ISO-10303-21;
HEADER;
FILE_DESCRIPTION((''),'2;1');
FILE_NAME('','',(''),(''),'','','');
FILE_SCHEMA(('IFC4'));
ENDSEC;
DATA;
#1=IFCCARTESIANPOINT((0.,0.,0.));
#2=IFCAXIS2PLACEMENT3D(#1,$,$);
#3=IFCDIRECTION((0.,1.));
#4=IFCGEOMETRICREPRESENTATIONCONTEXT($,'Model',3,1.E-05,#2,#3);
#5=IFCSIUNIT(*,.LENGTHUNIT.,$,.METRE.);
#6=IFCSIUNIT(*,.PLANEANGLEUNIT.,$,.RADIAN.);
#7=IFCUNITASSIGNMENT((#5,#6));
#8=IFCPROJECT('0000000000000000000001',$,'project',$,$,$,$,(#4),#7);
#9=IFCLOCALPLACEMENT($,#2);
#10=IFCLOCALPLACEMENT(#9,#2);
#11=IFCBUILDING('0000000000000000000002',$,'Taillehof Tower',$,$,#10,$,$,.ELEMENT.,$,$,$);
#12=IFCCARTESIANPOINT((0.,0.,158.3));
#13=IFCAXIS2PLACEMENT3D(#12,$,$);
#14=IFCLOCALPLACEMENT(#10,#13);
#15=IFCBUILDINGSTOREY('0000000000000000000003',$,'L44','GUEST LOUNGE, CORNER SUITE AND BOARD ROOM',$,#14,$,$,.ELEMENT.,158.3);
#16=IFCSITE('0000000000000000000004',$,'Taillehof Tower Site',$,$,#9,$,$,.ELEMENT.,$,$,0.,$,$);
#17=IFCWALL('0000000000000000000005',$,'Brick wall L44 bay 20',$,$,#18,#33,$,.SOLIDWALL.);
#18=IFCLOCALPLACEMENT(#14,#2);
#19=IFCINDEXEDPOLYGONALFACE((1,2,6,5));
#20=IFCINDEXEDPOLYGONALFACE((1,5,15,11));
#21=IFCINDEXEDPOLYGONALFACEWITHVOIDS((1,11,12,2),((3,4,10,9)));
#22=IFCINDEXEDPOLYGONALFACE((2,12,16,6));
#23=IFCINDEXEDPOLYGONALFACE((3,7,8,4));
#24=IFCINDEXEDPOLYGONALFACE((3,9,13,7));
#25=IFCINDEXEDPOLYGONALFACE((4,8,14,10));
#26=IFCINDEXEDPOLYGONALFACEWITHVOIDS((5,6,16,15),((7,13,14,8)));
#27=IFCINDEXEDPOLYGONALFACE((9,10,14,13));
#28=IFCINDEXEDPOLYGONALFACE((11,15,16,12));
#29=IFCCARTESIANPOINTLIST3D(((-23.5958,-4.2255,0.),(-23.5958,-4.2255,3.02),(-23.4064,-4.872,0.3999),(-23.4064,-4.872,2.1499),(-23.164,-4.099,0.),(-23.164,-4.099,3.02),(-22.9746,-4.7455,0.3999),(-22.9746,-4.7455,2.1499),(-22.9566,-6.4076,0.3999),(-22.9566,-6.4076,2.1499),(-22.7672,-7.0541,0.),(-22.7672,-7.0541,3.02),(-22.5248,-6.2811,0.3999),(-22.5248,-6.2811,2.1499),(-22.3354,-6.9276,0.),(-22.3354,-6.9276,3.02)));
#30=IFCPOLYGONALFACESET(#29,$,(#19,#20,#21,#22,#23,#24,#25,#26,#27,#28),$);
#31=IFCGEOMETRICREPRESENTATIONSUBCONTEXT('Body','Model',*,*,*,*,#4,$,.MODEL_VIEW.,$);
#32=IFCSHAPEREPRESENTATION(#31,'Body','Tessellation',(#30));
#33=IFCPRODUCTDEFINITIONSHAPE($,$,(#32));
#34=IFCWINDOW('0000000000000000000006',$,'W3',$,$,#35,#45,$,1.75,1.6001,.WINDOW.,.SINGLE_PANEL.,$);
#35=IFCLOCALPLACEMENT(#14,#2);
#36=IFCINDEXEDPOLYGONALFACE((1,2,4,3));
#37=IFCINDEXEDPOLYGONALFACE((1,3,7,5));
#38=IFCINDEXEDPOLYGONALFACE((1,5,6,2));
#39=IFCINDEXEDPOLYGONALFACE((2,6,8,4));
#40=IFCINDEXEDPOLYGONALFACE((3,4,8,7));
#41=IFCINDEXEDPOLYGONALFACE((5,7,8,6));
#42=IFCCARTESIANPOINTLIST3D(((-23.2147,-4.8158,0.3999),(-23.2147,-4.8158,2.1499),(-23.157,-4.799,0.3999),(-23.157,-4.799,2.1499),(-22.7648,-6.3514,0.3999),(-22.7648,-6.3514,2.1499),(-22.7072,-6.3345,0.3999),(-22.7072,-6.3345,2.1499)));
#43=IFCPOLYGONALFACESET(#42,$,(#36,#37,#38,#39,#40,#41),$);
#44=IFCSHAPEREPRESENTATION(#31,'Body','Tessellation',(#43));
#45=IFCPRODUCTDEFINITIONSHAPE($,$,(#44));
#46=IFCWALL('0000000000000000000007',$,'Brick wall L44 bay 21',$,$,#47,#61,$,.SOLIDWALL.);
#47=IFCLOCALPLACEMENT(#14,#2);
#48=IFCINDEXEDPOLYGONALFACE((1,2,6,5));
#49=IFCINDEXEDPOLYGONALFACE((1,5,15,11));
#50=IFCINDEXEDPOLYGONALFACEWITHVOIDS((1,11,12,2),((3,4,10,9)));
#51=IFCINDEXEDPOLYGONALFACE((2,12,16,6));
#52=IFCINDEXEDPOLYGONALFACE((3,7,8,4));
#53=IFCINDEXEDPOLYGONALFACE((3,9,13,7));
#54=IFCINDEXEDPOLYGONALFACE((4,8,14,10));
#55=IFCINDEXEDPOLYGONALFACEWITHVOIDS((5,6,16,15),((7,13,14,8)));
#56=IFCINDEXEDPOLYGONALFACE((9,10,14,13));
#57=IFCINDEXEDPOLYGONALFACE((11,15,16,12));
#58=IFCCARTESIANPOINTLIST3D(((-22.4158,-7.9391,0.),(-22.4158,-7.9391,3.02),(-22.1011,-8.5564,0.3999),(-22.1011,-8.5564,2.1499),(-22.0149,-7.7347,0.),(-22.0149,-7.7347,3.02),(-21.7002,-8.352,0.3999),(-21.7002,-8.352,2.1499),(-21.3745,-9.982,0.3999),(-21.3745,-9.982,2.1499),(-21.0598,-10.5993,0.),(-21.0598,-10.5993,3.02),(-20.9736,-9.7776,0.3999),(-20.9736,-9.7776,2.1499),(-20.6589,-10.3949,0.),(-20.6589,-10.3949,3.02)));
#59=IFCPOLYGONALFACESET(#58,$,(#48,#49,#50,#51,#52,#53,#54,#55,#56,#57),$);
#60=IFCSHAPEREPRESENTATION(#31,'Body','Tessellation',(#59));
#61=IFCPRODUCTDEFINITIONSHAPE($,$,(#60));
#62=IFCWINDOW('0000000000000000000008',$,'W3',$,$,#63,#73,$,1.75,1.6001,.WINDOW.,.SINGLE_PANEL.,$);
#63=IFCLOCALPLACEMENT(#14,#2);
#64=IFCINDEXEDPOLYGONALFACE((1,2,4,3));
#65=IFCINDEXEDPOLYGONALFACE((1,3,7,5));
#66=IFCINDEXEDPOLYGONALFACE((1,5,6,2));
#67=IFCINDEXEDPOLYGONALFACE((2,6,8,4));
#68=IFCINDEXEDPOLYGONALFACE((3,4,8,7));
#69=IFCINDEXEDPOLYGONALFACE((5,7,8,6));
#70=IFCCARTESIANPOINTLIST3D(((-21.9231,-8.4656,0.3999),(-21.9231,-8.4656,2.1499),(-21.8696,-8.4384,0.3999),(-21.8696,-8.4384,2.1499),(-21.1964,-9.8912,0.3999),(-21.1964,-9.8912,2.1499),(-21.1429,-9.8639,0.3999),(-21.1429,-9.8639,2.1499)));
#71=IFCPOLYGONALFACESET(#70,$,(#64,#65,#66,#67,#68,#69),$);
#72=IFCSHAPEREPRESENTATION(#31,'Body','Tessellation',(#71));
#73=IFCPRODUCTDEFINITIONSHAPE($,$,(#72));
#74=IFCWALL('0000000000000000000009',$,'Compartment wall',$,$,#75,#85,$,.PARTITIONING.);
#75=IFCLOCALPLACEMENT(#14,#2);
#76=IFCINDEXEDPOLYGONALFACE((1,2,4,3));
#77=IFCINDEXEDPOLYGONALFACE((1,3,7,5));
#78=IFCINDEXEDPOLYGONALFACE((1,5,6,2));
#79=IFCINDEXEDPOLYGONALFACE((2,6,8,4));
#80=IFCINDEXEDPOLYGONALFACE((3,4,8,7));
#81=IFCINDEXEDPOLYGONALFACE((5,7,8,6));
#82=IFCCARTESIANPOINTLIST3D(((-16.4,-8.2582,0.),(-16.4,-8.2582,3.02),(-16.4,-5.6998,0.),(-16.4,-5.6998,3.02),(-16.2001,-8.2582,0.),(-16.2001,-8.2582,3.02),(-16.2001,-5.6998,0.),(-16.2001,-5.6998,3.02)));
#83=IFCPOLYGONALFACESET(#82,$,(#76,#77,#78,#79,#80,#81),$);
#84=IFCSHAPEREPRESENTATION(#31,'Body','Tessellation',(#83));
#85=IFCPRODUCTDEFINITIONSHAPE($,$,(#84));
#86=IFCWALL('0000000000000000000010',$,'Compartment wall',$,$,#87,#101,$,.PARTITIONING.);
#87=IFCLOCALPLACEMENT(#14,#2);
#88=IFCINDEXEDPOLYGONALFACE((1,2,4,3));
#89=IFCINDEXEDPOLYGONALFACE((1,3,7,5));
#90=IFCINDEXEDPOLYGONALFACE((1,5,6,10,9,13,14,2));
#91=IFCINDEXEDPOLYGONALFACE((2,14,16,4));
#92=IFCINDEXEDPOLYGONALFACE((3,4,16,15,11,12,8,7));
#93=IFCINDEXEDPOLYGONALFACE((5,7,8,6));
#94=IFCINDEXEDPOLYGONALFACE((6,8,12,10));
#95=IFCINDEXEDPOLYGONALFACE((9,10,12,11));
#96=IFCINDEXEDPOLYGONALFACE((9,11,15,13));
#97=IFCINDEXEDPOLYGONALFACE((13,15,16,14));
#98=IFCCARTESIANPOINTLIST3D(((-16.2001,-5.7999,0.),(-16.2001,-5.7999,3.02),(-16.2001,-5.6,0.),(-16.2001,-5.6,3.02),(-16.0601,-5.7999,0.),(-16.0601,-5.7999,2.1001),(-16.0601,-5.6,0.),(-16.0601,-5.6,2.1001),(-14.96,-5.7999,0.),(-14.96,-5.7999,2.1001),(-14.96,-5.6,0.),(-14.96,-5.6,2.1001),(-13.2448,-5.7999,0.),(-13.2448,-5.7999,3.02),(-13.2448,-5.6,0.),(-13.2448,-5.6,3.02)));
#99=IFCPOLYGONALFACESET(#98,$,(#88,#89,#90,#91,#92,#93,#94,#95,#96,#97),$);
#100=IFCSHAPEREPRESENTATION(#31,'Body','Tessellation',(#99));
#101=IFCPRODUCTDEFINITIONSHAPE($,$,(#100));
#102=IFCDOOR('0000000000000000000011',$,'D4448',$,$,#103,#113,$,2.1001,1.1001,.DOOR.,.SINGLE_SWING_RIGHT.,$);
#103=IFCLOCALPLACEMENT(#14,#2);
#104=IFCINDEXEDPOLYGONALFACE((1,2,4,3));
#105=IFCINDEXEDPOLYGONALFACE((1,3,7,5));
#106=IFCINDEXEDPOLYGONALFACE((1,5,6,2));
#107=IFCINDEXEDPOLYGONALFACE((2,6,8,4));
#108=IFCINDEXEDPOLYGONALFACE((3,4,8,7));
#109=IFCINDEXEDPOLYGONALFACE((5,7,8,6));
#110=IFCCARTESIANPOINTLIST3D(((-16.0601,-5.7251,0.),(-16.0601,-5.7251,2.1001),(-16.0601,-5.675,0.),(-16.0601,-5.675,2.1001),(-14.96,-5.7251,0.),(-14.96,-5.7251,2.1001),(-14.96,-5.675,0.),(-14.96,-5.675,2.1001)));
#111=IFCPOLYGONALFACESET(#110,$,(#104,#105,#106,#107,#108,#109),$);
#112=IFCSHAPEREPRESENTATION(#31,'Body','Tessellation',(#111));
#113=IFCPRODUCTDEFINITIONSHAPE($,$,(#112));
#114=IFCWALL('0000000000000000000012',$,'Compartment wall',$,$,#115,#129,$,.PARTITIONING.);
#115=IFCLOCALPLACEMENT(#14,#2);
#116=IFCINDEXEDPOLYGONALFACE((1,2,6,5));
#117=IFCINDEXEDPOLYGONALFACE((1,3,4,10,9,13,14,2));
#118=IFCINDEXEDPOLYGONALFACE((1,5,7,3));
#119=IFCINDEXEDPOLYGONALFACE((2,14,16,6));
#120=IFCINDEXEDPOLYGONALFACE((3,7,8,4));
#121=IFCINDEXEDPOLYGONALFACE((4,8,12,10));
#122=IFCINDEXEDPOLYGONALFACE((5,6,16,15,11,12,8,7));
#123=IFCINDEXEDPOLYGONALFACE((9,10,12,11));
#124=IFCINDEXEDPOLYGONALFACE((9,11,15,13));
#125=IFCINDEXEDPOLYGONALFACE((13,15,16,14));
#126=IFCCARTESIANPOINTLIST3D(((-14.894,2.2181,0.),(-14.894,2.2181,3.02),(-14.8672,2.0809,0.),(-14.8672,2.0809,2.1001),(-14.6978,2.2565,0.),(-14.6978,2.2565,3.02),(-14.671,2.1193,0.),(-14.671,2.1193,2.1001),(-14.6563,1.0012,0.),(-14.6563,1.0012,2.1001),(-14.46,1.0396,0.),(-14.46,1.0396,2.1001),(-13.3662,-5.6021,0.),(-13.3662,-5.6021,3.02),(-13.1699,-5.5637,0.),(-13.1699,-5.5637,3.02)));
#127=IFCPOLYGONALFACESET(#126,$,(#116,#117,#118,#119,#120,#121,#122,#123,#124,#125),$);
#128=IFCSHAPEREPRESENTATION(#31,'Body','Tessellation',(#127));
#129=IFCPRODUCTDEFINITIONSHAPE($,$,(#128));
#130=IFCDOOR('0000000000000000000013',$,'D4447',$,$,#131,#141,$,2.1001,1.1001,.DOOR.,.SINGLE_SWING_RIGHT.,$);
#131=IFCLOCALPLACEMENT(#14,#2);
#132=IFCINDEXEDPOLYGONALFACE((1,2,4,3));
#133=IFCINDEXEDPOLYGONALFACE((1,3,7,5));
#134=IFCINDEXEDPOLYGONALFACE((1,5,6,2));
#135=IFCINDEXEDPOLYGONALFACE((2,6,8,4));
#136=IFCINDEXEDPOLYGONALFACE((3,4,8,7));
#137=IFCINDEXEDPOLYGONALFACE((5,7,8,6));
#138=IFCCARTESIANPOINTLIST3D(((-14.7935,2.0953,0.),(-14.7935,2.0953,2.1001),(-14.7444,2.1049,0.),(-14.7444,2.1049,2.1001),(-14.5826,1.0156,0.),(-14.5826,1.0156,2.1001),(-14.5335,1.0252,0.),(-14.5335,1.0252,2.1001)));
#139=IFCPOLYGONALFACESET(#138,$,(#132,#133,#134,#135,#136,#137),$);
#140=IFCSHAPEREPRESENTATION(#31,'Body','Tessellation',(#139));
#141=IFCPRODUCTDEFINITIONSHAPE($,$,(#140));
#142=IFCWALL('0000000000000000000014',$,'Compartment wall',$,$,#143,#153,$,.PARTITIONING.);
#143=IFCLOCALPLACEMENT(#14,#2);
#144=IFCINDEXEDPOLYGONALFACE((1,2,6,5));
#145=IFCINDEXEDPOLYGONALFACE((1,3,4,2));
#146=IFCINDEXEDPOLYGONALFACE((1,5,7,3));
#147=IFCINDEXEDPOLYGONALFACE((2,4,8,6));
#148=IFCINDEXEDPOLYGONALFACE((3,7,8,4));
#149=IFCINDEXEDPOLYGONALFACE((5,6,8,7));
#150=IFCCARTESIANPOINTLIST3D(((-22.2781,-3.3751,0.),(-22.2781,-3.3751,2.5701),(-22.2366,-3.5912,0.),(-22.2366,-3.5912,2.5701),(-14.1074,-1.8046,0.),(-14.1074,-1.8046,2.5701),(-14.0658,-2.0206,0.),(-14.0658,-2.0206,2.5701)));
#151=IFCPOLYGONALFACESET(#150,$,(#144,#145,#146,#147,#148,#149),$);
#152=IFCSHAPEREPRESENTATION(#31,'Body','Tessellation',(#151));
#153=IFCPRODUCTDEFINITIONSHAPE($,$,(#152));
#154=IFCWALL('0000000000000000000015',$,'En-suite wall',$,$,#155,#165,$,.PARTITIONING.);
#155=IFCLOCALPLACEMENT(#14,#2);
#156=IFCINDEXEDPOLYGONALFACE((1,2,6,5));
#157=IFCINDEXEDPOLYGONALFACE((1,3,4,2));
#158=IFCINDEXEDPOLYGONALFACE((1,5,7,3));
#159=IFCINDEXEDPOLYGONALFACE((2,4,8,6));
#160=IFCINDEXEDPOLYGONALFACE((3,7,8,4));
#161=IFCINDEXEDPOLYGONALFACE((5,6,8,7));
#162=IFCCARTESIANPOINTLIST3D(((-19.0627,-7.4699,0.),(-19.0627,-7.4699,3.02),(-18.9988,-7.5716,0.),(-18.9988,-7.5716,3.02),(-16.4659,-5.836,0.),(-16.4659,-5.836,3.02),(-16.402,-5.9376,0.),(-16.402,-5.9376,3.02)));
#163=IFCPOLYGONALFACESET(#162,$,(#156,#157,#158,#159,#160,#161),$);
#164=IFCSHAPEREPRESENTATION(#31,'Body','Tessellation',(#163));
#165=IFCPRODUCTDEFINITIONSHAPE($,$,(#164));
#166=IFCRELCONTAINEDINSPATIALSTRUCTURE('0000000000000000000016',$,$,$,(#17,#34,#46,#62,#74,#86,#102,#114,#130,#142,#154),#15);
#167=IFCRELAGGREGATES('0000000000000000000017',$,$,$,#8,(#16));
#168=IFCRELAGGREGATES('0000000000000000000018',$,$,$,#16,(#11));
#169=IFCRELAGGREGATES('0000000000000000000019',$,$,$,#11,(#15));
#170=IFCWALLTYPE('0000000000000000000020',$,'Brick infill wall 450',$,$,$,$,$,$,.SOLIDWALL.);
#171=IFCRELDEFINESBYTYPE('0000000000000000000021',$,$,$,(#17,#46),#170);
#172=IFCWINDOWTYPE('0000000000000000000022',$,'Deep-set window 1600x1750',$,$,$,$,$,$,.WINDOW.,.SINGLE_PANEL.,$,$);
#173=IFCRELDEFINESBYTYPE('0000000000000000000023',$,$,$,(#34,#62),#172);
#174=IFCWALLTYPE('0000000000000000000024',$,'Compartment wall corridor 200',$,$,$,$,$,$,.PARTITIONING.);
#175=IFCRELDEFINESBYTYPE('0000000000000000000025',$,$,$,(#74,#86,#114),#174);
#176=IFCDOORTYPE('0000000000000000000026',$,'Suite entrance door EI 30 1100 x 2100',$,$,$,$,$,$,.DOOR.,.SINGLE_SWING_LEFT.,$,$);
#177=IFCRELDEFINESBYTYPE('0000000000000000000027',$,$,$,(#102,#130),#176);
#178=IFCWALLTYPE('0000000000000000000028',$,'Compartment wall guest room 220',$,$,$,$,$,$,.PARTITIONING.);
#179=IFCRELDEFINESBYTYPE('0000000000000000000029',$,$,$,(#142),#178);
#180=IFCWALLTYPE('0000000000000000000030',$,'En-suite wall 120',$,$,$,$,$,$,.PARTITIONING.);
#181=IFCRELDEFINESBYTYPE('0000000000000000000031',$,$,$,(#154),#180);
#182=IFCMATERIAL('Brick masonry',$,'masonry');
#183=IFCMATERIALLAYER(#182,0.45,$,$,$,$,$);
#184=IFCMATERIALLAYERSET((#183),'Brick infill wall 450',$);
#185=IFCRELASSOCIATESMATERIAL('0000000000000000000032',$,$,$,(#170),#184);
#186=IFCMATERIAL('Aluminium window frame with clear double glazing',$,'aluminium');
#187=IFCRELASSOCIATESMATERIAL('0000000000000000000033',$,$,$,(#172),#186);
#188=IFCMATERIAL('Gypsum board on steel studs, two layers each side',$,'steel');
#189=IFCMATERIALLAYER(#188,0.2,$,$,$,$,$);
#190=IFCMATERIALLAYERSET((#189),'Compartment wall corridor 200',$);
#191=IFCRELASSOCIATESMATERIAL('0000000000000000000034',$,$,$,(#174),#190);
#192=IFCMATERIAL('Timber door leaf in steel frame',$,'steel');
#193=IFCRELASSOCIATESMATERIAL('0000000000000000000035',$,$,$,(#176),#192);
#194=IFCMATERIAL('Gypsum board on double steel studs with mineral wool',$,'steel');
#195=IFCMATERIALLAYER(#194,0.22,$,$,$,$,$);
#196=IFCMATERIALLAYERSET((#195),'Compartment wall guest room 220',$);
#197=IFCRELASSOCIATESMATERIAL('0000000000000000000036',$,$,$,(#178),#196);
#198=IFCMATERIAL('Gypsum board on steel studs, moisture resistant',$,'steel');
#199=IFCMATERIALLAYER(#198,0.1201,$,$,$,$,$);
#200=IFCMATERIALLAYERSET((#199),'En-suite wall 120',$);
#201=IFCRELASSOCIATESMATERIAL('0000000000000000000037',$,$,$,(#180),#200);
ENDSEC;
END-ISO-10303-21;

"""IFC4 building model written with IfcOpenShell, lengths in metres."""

from ifc_helpers import new_model, si_unit, direction, frame, frame_2d, origin, place, context, subcontext, project, spatial, rectangle, extrude, material, layer, layer_set, type_object, element, fill, save


model = new_model("IFC4")

# Units and contexts
model_context = context("Model", 3, precision=1e-05, world=origin(), true_north=direction((0.0, 1.0)))
body_context = subcontext(model_context, "Body", "Model", "MODEL_VIEW")
ifc_project = project(units=[si_unit("LENGTHUNIT", "METRE"), si_unit("PLANEANGLEUNIT", "RADIAN")], contexts=[model_context])

# Site, building, storey
site_placement = place(None, origin())
site = spatial("IfcSite", under=ifc_project, at=site_placement, Name="Taillehof Tower Site", CompositionType="ELEMENT", RefElevation=0.0)
building_placement = place(site_placement, origin())
building = spatial("IfcBuilding", under=site, at=building_placement, Name="Taillehof Tower", CompositionType="ELEMENT")
storey_placement = place(building_placement, frame((0.0, 0.0, 158.3)))
storey = spatial("IfcBuildingStorey", under=building, at=storey_placement, Name="L44", Description="GUEST LOUNGE, CORNER SUITE AND BOARD ROOM", CompositionType="ELEMENT", Elevation=158.3)

# Walls, openings, windows
ifc_material_1 = material(Name="Brick masonry", Category="masonry")
ifc_layer_1 = layer(ifc_material_1, 0.45)
ifc_layer_set_1 = layer_set([ifc_layer_1], Name="Brick infill wall 450")
wall_type_1 = type_object("IfcWallType", Name="Brick infill wall 450", PredefinedType="SOLIDWALL", material=ifc_layer_set_1)
ifc_material_2 = material(Name="Aluminium window frame with clear double glazing", Category="aluminium")
window_type = type_object("IfcWindowType", Name="Deep-set window 1600x1750", PartitioningType="SINGLE_PANEL", PredefinedType="WINDOW", material=ifc_material_2)
wall_1_placement = place(storey_placement, frame((-23.3799, -4.1624, 0.0), z_axis=(0.0, 0.0, 1.0), x_axis=(0.281126, -0.959671, 0.0)))
wall_1 = element("IfcWall", 1, at=wall_1_placement, inside=storey, type_object=wall_type_1, Name="Brick wall L44 bay 20", PredefinedType="SOLIDWALL", context=body_context, shape_type="SweptSolid", body=[
    extrude(rectangle(XDim=2.9475, YDim=0.45, at=frame_2d((1.4736, 0.0))), origin(), (0.0, 0.0, 1.0), 3.02),
])
opening_1_placement = place(wall_1_placement, frame((0.6736, 0.0, 0.3999)))
opening_1 = element("IfcOpeningElement", 2, at=opening_1_placement, cuts=wall_1, PredefinedType="OPENING", context=body_context, shape_type="SweptSolid", body=[
    extrude(rectangle(XDim=1.6001, YDim=1.75, at=frame_2d((0.8, 0.875))), frame((0.0, 0.2349, 0.0), z_axis=(0.0, -1.0, 0.0), x_axis=(1.0, 0.0, 0.0)), (0.0, 0.0, 1.0), 0.47),
])
window_1_placement = place(opening_1_placement, origin())
window_1 = element("IfcWindow", 3, at=window_1_placement, inside=storey, type_object=window_type, Name="W3", OverallHeight=1.75, OverallWidth=1.6001, PartitioningType="SINGLE_PANEL", PredefinedType="WINDOW", context=body_context, shape_type="SweptSolid", body=[
    extrude(rectangle(XDim=1.6001, YDim=1.75, at=frame_2d((0.8, 0.875))), frame((0.0, 0.0349, 0.0), z_axis=(0.0, -1.0, 0.0), x_axis=(1.0, 0.0, 0.0)), (0.0, 0.0, 1.0), 0.0601),
])
fill(opening_1, window_1)
wall_2_placement = place(storey_placement, frame((-22.2153, -7.8369, 0.0), z_axis=(0.0, 0.0, 1.0), x_axis=(0.454134, -0.890933, 0.0)))
wall_2 = element("IfcWall", 4, at=wall_2_placement, inside=storey, type_object=wall_type_1, Name="Brick wall L44 bay 21", PredefinedType="SOLIDWALL", context=body_context, shape_type="SweptSolid", body=[
    extrude(rectangle(XDim=2.9858, YDim=0.45, at=frame_2d((1.4929, 0.0))), origin(), (0.0, 0.0, 1.0), 3.02),
])
opening_2_placement = place(wall_2_placement, frame((0.6929, 0.0, 0.3999)))
opening_2 = element("IfcOpeningElement", 5, at=opening_2_placement, cuts=wall_2, PredefinedType="OPENING", context=body_context, shape_type="SweptSolid", body=[
    extrude(rectangle(XDim=1.6001, YDim=1.75, at=frame_2d((0.8, 0.875))), frame((0.0, 0.2349, 0.0), z_axis=(0.0, -1.0, 0.0), x_axis=(1.0, 0.0, 0.0)), (0.0, 0.0, 1.0), 0.47),
])
window_2_placement = place(opening_2_placement, origin())
window_2 = element("IfcWindow", 6, at=window_2_placement, inside=storey, type_object=window_type, Name="W3", OverallHeight=1.75, OverallWidth=1.6001, PartitioningType="SINGLE_PANEL", PredefinedType="WINDOW", context=body_context, shape_type="SweptSolid", body=[
    extrude(rectangle(XDim=1.6001, YDim=1.75, at=frame_2d((0.8, 0.875))), frame((0.0, 0.0349, 0.0), z_axis=(0.0, -1.0, 0.0), x_axis=(1.0, 0.0, 0.0)), (0.0, 0.0, 1.0), 0.0601),
])
fill(opening_2, window_2)

# Wall
ifc_material_3 = material(Name="Gypsum board on steel studs, two layers each side", Category="steel")
ifc_layer_2 = layer(ifc_material_3, 0.2)
ifc_layer_set_2 = layer_set([ifc_layer_2], Name="Compartment wall corridor 200")
wall_type_2 = type_object("IfcWallType", Name="Compartment wall corridor 200", PredefinedType="PARTITIONING", material=ifc_layer_set_2)
wall_3_placement = place(storey_placement, frame((-16.3, -8.2583, 0.0), z_axis=(0.0, 0.0, 1.0), x_axis=(0.0, 1.0, 0.0)))
element("IfcWall", 7, at=wall_3_placement, inside=storey, type_object=wall_type_2, Name="Compartment wall", PredefinedType="PARTITIONING", context=body_context, shape_type="SweptSolid", body=[
    extrude(rectangle(XDim=2.5583, YDim=0.2, at=frame_2d((1.2793, 0.0))), origin(), (0.0, 0.0, 1.0), 3.02),
])

# Walls, openings, doors
wall_4_placement = place(storey_placement, frame((-16.2, -5.7, 0.0), z_axis=(0.0, 0.0, 1.0), x_axis=(1.0, 0.0, 0.0)))
wall_4 = element("IfcWall", 8, at=wall_4_placement, inside=storey, type_object=wall_type_2, Name="Compartment wall", PredefinedType="PARTITIONING", context=body_context, shape_type="SweptSolid", body=[
    extrude(rectangle(XDim=2.9553, YDim=0.2, at=frame_2d((1.4775, 0.0))), origin(), (0.0, 0.0, 1.0), 3.02),
])
opening_3_placement = place(wall_4_placement, frame((0.1399, 0.0, 0.0)))
opening_3 = element("IfcOpeningElement", 9, at=opening_3_placement, cuts=wall_4, PredefinedType="OPENING", context=body_context, shape_type="SweptSolid", body=[
    extrude(rectangle(XDim=1.1001, YDim=2.1001, at=frame_2d((0.55, 1.05))), frame((0.0, 0.1099, 0.0), z_axis=(0.0, -1.0, 0.0), x_axis=(1.0, 0.0, 0.0)), (0.0, 0.0, 1.0), 0.22),
])
ifc_material_4 = material(Name="Timber door leaf in steel frame", Category="steel")
door_type_1 = type_object("IfcDoorType", Name="Suite entrance door EI 30 1100 x 2100", OperationType="SINGLE_SWING_LEFT", PredefinedType="DOOR", material=ifc_material_4)
door_1_placement = place(opening_3_placement, origin())
door_1 = element("IfcDoor", 10, at=door_1_placement, inside=storey, type_object=door_type_1, Name="D4448", OperationType="SINGLE_SWING_RIGHT", OverallHeight=2.1001, OverallWidth=1.1001, PredefinedType="DOOR", context=body_context, shape_type="SweptSolid", body=[
    extrude(rectangle(XDim=1.1001, YDim=2.1001, at=frame_2d((0.55, 1.05))), frame((0.0, 0.0249, 0.0), z_axis=(0.0, -1.0, 0.0), x_axis=(1.0, 0.0, 0.0)), (0.0, 0.0, 1.0), 0.05),
])
fill(opening_3, door_1)
wall_5_placement = place(storey_placement, frame((-13.2681, -5.5828, 0.0), z_axis=(0.0, 0.0, 1.0), x_axis=(-0.191748, 0.981444, 0.0)))
wall_5 = element("IfcWall", 11, at=wall_5_placement, inside=storey, type_object=wall_type_2, Name="Compartment wall", PredefinedType="PARTITIONING", context=body_context, shape_type="SweptSolid", body=[
    extrude(rectangle(XDim=7.968, YDim=0.2, at=frame_2d((3.9839, 0.0))), origin(), (0.0, 0.0, 1.0), 3.02),
])
opening_4_placement = place(wall_5_placement, frame((6.728, 0.0, 0.0)))
opening_4 = element("IfcOpeningElement", 12, at=opening_4_placement, cuts=wall_5, PredefinedType="OPENING", context=body_context, shape_type="SweptSolid", body=[
    extrude(rectangle(XDim=1.1001, YDim=2.1001, at=frame_2d((0.55, 1.05))), frame((0.0, 0.1099, 0.0), z_axis=(0.0, -1.0, 0.0), x_axis=(1.0, 0.0, 0.0)), (0.0, 0.0, 1.0), 0.22),
])
door_2_placement = place(opening_4_placement, origin())
door_2 = element("IfcDoor", 13, at=door_2_placement, inside=storey, type_object=door_type_1, Name="D4447", OperationType="SINGLE_SWING_RIGHT", OverallHeight=2.1001, OverallWidth=1.1001, PredefinedType="DOOR", context=body_context, shape_type="SweptSolid", body=[
    extrude(rectangle(XDim=1.1001, YDim=2.1001, at=frame_2d((0.55, 1.05))), frame((0.0, 0.0249, 0.0), z_axis=(0.0, -1.0, 0.0), x_axis=(1.0, 0.0, 0.0)), (0.0, 0.0, 1.0), 0.05),
])
fill(opening_4, door_2)

# Walls
ifc_material_5 = material(Name="Gypsum board on double steel studs with mineral wool", Category="steel")
ifc_layer_3 = layer(ifc_material_5, 0.22)
ifc_layer_set_3 = layer_set([ifc_layer_3], Name="Compartment wall guest room 220")
wall_type_3 = type_object("IfcWallType", Name="Compartment wall guest room 220", PredefinedType="PARTITIONING", material=ifc_layer_set_3)
wall_6_placement = place(storey_placement, frame((-22.2573, -3.4832, 0.0), z_axis=(0.0, 0.0, 1.0), x_axis=(0.982023, 0.188764, 0.0)))
element("IfcWall", 14, at=wall_6_placement, inside=storey, type_object=wall_type_3, Name="Compartment wall", PredefinedType="PARTITIONING", context=body_context, shape_type="SweptSolid", body=[
    extrude(rectangle(XDim=8.3203, YDim=0.22, at=frame_2d((4.1602, 0.0))), origin(), (0.0, 0.0, 1.0), 2.5701),
])
ifc_material_6 = material(Name="Gypsum board on steel studs, moisture resistant", Category="steel")
ifc_layer_4 = layer(ifc_material_6, 0.1201)
ifc_layer_set_4 = layer_set([ifc_layer_4], Name="En-suite wall 120")
wall_type_4 = type_object("IfcWallType", Name="En-suite wall 120", PredefinedType="PARTITIONING", material=ifc_layer_set_4)
wall_7_placement = place(storey_placement, frame((-16.4338, -5.8867, 0.0), z_axis=(0.0, 0.0, 1.0), x_axis=(-0.84639, -0.532564, 0.0)))
element("IfcWall", 15, at=wall_7_placement, inside=storey, type_object=wall_type_4, Name="En-suite wall", PredefinedType="PARTITIONING", context=body_context, shape_type="SweptSolid", body=[
    extrude(rectangle(XDim=3.0681, YDim=0.1201, at=frame_2d((1.5342, 0.0))), origin(), (0.0, 0.0, 1.0), 3.02),
])

save(model, "model.ifc")
